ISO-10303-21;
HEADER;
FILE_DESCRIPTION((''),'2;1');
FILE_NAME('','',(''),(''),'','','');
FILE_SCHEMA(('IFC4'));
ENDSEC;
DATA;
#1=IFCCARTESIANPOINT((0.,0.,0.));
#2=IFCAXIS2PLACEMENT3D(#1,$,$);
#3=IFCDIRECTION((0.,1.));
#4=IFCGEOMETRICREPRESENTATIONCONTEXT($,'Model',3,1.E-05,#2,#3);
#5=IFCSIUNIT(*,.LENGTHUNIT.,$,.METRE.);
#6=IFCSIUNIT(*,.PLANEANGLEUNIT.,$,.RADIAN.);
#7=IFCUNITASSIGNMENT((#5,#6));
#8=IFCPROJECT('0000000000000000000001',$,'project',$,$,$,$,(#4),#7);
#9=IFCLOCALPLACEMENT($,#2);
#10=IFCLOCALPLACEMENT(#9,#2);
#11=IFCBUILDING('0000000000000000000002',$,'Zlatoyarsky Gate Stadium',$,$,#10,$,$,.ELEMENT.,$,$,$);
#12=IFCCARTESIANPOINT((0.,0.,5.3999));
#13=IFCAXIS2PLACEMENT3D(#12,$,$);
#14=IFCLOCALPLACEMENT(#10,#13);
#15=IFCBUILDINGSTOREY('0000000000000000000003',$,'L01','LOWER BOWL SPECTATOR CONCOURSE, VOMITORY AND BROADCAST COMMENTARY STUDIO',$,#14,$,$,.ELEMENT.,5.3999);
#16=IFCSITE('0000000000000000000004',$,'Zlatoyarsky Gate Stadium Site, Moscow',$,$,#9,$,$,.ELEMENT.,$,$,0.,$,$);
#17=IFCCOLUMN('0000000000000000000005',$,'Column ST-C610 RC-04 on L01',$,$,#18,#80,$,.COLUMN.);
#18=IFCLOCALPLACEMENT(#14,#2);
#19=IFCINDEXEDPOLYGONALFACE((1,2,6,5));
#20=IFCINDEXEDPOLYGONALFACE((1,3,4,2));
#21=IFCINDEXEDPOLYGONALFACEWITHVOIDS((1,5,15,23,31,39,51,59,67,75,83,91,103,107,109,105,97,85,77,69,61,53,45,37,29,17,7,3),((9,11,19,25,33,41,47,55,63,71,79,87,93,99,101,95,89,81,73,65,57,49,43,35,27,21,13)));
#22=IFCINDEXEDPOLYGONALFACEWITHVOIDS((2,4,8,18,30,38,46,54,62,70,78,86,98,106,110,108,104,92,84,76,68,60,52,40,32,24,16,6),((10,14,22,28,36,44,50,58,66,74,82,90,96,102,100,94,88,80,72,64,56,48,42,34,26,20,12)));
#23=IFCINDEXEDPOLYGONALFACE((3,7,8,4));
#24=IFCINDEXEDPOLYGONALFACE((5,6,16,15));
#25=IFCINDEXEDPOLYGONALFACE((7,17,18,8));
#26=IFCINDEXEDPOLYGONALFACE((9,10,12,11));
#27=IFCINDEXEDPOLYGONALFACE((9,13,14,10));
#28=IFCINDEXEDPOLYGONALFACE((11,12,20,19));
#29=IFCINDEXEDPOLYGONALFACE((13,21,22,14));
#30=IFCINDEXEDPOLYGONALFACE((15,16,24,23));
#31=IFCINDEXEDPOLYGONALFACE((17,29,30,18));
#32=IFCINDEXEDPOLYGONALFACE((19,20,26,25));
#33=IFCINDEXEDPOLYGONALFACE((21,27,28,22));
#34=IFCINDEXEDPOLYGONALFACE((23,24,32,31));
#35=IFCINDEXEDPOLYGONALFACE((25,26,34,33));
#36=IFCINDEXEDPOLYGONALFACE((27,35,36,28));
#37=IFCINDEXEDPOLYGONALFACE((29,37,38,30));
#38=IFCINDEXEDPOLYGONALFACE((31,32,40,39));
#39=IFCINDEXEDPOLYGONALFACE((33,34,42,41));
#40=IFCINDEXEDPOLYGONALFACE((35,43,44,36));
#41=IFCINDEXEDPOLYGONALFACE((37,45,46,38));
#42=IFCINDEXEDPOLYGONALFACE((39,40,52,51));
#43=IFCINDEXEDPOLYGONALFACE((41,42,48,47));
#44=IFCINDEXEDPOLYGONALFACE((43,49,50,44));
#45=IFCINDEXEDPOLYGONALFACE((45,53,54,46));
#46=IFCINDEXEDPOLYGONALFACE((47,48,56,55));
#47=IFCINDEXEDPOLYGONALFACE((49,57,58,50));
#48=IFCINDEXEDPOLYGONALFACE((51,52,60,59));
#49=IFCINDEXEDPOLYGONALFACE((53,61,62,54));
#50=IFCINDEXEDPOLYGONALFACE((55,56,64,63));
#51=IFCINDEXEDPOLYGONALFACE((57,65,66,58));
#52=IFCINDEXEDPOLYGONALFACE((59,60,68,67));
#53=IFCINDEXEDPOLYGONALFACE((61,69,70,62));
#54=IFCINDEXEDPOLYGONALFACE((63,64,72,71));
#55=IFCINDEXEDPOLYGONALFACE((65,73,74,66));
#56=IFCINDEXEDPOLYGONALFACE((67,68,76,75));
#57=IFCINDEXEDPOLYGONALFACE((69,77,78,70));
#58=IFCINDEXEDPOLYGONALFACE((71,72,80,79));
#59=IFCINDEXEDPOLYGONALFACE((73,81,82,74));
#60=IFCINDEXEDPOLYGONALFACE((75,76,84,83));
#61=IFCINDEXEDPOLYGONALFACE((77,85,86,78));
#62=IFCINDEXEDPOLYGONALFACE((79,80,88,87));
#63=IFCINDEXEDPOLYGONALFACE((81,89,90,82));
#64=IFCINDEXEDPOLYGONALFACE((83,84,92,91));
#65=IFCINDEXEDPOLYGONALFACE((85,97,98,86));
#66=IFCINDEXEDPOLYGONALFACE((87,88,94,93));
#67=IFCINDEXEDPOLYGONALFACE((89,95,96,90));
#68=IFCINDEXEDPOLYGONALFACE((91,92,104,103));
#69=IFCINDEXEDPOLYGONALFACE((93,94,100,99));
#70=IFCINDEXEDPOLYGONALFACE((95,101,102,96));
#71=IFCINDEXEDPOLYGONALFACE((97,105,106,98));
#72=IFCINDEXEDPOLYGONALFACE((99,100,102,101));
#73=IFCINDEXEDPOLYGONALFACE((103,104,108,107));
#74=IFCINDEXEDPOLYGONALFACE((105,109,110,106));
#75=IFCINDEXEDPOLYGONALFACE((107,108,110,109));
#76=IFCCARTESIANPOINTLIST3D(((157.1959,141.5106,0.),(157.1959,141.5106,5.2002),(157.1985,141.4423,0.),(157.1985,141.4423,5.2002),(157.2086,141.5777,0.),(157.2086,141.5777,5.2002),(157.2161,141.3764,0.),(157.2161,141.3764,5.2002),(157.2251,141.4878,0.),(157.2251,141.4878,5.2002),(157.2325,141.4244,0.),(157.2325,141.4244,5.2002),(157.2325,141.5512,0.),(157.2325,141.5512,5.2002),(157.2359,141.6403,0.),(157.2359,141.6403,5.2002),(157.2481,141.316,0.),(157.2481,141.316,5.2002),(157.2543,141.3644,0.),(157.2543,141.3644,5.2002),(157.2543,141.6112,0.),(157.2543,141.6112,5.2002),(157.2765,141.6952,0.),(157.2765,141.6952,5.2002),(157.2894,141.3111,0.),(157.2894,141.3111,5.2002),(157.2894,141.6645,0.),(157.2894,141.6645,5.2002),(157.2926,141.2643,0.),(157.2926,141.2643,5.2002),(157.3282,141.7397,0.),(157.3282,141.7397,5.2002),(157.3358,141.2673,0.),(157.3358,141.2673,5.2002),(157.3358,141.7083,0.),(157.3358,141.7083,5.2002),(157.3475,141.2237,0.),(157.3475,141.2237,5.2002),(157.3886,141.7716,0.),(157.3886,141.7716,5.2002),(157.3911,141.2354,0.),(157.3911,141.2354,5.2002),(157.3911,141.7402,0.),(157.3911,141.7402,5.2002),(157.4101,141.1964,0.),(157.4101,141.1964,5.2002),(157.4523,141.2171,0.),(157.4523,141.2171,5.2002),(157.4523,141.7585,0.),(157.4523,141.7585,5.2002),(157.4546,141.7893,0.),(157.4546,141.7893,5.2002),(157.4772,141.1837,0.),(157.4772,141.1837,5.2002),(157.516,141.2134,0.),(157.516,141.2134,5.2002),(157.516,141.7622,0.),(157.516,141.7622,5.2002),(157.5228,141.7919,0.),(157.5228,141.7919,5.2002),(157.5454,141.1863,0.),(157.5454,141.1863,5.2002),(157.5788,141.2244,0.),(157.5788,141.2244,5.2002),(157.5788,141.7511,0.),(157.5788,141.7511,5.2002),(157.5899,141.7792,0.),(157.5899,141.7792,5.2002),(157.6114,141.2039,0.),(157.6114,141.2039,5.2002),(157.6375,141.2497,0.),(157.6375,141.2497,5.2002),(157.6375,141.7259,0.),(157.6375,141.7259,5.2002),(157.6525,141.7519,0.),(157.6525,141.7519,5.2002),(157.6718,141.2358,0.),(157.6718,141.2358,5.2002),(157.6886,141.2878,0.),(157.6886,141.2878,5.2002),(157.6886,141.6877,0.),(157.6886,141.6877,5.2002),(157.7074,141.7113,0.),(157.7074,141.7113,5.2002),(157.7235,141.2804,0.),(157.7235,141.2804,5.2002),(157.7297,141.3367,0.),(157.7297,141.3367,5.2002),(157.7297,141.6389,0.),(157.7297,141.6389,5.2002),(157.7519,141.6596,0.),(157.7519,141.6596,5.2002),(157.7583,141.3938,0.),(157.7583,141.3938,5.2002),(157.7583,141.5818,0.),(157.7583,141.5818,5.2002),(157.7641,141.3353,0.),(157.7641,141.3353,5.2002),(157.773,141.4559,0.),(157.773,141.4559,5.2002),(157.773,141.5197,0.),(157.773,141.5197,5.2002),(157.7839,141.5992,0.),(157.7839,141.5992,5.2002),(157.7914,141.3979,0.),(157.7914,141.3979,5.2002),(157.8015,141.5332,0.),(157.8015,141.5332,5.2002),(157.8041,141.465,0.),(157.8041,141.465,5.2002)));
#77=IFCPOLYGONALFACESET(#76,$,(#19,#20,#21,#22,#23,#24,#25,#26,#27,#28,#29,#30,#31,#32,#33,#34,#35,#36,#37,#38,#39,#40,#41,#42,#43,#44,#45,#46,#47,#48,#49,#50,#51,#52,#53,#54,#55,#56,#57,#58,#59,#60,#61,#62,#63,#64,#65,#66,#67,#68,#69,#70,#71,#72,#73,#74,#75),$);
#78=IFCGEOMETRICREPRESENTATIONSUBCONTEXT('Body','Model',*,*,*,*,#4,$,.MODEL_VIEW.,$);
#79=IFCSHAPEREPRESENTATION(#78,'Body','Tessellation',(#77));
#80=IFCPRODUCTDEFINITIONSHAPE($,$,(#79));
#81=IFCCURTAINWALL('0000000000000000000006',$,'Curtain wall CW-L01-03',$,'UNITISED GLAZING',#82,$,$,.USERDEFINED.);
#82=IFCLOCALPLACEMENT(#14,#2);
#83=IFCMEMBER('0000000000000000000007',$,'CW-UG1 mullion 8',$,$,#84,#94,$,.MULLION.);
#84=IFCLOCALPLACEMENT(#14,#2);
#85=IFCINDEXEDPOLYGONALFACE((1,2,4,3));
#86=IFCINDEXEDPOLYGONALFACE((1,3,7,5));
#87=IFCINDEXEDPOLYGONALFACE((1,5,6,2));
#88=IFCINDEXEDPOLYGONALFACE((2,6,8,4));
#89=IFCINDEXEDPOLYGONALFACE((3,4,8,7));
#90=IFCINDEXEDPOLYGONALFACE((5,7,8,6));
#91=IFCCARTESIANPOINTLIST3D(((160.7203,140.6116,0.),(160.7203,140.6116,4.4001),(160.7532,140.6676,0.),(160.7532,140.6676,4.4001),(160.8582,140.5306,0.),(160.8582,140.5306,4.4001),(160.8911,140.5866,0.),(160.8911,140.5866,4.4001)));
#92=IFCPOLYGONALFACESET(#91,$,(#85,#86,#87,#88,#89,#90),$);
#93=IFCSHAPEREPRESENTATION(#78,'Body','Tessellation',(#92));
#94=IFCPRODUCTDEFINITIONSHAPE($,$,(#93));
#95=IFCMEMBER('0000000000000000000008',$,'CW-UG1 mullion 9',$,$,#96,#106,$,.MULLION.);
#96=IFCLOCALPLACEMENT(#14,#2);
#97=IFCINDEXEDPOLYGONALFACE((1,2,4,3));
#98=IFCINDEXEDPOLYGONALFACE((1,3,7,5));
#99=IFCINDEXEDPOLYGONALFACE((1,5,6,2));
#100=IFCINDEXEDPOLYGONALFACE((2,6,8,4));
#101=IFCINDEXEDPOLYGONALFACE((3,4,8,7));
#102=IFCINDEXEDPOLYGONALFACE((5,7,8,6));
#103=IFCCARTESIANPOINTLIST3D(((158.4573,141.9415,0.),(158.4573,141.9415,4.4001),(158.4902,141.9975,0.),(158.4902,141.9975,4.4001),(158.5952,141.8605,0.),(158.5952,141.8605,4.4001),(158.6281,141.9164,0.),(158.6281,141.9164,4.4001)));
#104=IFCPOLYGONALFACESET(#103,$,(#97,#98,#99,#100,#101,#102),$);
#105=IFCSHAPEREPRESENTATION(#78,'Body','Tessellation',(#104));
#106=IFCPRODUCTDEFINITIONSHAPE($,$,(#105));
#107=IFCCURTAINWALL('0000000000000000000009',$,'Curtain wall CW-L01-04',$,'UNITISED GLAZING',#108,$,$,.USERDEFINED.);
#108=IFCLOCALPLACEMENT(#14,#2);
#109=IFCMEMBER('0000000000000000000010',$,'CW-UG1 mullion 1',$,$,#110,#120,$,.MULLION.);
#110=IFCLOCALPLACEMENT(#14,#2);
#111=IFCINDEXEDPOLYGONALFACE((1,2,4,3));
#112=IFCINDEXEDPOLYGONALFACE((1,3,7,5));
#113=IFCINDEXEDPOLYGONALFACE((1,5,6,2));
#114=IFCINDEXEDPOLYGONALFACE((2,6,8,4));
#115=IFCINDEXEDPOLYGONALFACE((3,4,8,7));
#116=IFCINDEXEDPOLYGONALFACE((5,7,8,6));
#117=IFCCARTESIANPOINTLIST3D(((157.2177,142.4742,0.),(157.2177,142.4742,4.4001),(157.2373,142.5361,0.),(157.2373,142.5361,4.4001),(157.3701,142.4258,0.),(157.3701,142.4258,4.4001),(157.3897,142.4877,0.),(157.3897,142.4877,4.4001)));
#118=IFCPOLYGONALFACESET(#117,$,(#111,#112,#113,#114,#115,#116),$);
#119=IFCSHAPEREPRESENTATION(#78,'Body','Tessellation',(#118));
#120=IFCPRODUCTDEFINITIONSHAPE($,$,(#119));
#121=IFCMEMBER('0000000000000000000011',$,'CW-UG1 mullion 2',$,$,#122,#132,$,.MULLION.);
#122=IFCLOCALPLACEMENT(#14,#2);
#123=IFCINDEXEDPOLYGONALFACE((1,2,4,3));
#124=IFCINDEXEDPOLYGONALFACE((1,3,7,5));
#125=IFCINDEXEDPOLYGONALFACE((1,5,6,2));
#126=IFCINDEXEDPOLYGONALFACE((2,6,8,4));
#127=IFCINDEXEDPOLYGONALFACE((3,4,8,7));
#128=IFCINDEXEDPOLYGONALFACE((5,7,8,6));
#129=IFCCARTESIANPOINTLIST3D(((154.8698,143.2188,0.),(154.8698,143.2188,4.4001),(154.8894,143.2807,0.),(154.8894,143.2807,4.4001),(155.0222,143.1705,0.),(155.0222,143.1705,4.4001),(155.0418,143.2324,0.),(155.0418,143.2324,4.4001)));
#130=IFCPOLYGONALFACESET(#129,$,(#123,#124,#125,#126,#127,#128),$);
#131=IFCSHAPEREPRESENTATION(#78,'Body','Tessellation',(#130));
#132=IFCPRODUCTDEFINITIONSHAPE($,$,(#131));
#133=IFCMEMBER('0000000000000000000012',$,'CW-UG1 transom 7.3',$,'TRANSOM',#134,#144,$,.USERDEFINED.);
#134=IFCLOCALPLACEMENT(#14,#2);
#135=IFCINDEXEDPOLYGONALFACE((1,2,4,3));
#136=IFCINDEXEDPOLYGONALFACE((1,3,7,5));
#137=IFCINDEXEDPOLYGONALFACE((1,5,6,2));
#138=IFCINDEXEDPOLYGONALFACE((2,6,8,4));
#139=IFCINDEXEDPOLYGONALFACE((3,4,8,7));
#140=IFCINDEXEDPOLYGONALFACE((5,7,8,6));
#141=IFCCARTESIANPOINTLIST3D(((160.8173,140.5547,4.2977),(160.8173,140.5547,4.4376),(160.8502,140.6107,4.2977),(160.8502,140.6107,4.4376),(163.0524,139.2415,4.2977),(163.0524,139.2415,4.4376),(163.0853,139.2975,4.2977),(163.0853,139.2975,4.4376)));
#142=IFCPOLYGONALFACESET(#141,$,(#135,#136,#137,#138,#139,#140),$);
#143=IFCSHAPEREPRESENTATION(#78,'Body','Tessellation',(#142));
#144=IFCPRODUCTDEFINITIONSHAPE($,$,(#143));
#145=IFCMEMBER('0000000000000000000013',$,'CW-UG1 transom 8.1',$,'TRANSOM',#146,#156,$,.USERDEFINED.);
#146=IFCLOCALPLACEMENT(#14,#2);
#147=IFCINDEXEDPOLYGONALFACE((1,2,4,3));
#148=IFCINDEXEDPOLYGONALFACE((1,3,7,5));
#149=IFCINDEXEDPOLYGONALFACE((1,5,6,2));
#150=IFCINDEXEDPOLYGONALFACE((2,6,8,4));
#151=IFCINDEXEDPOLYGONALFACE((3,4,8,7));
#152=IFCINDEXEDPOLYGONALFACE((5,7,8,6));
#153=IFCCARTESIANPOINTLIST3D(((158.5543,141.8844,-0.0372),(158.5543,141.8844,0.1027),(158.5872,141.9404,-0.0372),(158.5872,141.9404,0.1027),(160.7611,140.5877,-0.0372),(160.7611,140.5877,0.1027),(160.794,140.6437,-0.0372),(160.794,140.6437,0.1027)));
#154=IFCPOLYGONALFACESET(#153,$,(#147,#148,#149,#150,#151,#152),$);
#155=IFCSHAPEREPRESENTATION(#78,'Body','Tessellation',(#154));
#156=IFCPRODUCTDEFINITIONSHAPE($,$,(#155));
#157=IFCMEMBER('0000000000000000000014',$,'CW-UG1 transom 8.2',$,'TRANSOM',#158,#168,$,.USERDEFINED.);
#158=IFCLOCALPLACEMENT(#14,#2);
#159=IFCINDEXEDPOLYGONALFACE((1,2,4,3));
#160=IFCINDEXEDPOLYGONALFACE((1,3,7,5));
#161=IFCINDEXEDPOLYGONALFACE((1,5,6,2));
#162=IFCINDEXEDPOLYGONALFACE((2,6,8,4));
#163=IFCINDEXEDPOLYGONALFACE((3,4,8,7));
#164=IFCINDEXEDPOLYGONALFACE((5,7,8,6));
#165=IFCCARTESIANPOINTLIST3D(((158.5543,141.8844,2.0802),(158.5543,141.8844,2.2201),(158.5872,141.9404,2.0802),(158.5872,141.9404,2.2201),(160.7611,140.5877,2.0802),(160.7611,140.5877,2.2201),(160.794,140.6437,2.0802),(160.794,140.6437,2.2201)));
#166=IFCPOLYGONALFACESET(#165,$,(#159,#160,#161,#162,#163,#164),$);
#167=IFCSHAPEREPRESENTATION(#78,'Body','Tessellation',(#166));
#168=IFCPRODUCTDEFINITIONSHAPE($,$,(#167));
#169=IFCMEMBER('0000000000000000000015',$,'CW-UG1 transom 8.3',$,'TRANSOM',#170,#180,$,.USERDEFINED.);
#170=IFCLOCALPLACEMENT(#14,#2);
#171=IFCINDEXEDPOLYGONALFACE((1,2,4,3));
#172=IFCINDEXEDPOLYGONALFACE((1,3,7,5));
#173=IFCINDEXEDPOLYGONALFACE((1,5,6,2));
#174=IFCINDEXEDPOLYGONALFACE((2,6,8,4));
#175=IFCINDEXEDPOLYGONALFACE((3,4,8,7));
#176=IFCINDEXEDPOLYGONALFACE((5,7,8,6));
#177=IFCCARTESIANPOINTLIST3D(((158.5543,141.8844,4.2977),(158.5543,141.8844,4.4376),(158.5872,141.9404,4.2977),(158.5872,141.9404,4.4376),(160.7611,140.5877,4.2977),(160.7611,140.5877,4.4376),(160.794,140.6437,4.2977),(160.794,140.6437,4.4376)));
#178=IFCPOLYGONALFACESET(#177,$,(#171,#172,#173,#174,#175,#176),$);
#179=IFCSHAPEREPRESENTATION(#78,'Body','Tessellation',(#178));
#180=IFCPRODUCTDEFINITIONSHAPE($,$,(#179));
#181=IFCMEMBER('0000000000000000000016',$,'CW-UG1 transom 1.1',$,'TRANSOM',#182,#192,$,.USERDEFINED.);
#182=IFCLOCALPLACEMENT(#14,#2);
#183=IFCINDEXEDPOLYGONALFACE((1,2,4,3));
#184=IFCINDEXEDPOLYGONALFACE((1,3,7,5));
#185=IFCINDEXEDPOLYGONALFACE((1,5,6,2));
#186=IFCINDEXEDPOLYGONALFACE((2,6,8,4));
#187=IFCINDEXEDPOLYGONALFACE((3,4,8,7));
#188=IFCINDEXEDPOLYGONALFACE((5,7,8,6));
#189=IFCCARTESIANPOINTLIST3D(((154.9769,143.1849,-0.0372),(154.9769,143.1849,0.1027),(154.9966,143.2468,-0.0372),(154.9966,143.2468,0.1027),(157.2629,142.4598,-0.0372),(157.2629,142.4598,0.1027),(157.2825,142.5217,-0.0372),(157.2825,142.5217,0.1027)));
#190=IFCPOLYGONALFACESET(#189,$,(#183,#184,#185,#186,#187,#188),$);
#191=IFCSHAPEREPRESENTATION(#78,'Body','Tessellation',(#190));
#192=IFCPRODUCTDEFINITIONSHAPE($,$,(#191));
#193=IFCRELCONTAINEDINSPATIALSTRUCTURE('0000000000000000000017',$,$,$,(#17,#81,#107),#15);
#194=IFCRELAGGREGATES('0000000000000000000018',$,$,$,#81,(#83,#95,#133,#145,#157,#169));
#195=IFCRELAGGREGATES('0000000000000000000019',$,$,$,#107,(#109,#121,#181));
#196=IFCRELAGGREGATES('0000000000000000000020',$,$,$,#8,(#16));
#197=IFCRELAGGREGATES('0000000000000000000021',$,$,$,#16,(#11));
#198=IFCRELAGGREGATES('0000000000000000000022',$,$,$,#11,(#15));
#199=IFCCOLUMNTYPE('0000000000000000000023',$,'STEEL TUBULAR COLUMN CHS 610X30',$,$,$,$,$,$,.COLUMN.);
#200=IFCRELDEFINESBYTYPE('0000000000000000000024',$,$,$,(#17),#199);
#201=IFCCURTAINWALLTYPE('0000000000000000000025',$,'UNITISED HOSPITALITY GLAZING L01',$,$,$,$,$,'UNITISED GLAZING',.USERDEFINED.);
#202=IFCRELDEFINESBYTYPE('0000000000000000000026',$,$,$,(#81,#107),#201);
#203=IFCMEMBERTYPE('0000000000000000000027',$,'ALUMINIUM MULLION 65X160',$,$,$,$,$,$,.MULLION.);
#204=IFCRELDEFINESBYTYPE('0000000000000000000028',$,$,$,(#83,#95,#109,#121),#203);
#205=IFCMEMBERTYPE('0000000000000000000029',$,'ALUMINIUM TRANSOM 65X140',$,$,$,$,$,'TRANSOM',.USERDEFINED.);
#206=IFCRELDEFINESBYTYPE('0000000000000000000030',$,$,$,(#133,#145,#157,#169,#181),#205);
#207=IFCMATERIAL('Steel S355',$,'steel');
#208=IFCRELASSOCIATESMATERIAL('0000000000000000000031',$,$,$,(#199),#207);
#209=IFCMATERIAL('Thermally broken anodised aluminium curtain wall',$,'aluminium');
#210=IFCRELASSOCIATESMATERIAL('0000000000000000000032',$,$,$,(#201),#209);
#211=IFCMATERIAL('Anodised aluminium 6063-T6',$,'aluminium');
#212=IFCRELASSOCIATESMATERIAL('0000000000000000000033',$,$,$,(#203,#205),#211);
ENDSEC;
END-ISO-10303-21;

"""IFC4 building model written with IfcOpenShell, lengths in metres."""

from ifc_helpers import new_model, si_unit, direction, frame, origin, origin_2d, place, context, subcontext, project, spatial, rectangle, hollow_circle, extrude, material, material_profile, profile_set, type_object, element, aggregate, save


model = new_model("IFC4")

# Units and contexts
model_context = context("Model", 3, precision=1e-05, world=origin(), true_north=direction((0.0, 1.0)))
body_context = subcontext(model_context, "Body", "Model", "MODEL_VIEW")
ifc_project = project(units=[si_unit("LENGTHUNIT", "METRE"), si_unit("PLANEANGLEUNIT", "RADIAN")], contexts=[model_context])

# Site, building, storey
site_placement = place(None, origin())
site = spatial("IfcSite", under=ifc_project, at=site_placement, Name="Zlatoyarsky Gate Stadium Site, Moscow", CompositionType="ELEMENT", RefElevation=0.0)
building_placement = place(site_placement, origin())
building = spatial("IfcBuilding", under=site, at=building_placement, Name="Zlatoyarsky Gate Stadium", CompositionType="ELEMENT")
storey_placement = place(building_placement, frame((0.0, 0.0, 5.3999)))
storey = spatial("IfcBuildingStorey", under=building, at=storey_placement, Name="L01", Description="LOWER BOWL SPECTATOR CONCOURSE, VOMITORY AND BROADCAST COMMENTARY STUDIO", CompositionType="ELEMENT", Elevation=5.3999)

# Column
ifc_material_1 = material(Name="Steel S355", Category="steel")
ifc_material_profile_1 = material_profile(ifc_material_1, hollow_circle(Radius=0.3049, WallThickness=0.03, at=origin_2d()), Name="CHS 610X30")
ifc_profile_set_1 = profile_set([ifc_material_profile_1], Name="Steel S355")
column_type = type_object("IfcColumnType", Name="STEEL TUBULAR COLUMN CHS 610X30", PredefinedType="COLUMN", material=ifc_profile_set_1)
column_placement = place(storey_placement, frame((157.5, 141.4878, 0.0), z_axis=(0.0, 0.0, 1.0), x_axis=(0.5, 0.866025, 0.0)))
element("IfcColumn", 1, at=column_placement, inside=storey, type_object=column_type, Name="Column ST-C610 RC-04 on L01", PredefinedType="COLUMN", context=body_context, shape_type="SweptSolid", body=[
    extrude(hollow_circle(Radius=0.3049, WallThickness=0.03, at=origin_2d()), origin(), (0.0, 0.0, 1.0), 5.2002),
])

# Curtain walls, members
ifc_material_2 = material(Name="Thermally broken anodised aluminium curtain wall", Category="aluminium")
curtain_wall_type = type_object("IfcCurtainWallType", Name="UNITISED HOSPITALITY GLAZING L01", ElementType="UNITISED GLAZING", PredefinedType="USERDEFINED", material=ifc_material_2)
curtain_wall_1_placement = place(storey_placement, origin())
curtain_wall_1 = element("IfcCurtainWall", 2, at=curtain_wall_1_placement, inside=storey, type_object=curtain_wall_type, Name="Curtain wall CW-L01-03", ObjectType="UNITISED GLAZING", PredefinedType="USERDEFINED")
ifc_material_3 = material(Name="Anodised aluminium 6063-T6", Category="aluminium")
ifc_material_profile_2 = material_profile(ifc_material_3, rectangle(XDim=0.0649, YDim=0.1599, at=origin_2d()), Name="ALU 65X160")
ifc_profile_set_2 = profile_set([ifc_material_profile_2], Name="Anodised aluminium 6063-T6")
member_type_1 = type_object("IfcMemberType", Name="ALUMINIUM MULLION 65X160", PredefinedType="MULLION", material=ifc_profile_set_2)
member_1_placement = place(storey_placement, frame((160.8057, 140.5991, 0.0), z_axis=(0.0, 0.0, 1.0), x_axis=(-0.50659, -0.862187, 0.0)))
member_1 = element("IfcMember", 3, at=member_1_placement, type_object=member_type_1, Name="CW-UG1 mullion 8", PredefinedType="MULLION", context=body_context, shape_type="SweptSolid", body=[
    extrude(rectangle(XDim=0.0649, YDim=0.1599, at=origin_2d()), origin(), (0.0, 0.0, 1.0), 4.4001),
])
member_2_placement = place(storey_placement, frame((158.5427, 141.929, 0.0), z_axis=(0.0, 0.0, 1.0), x_axis=(-0.50659, -0.862187, 0.0)))
member_2 = element("IfcMember", 4, at=member_2_placement, type_object=member_type_1, Name="CW-UG1 mullion 9", PredefinedType="MULLION", context=body_context, shape_type="SweptSolid", body=[
    extrude(rectangle(XDim=0.0649, YDim=0.1599, at=origin_2d()), origin(), (0.0, 0.0, 1.0), 4.4001),
])
curtain_wall_2_placement = place(storey_placement, origin())
curtain_wall_2 = element("IfcCurtainWall", 5, at=curtain_wall_2_placement, inside=storey, type_object=curtain_wall_type, Name="Curtain wall CW-L01-04", ObjectType="UNITISED GLAZING", PredefinedType="USERDEFINED")
member_3_placement = place(storey_placement, frame((157.3037, 142.481, 0.0), z_axis=(0.0, 0.0, 1.0), x_axis=(-0.302334, -0.953202, 0.0)))
member_3 = element("IfcMember", 6, at=member_3_placement, type_object=member_type_1, Name="CW-UG1 mullion 1", PredefinedType="MULLION", context=body_context, shape_type="SweptSolid", body=[
    extrude(rectangle(XDim=0.0649, YDim=0.1599, at=origin_2d()), origin(), (0.0, 0.0, 1.0), 4.4001),
])
member_4_placement = place(storey_placement, frame((154.9558, 143.2256, 0.0), z_axis=(0.0, 0.0, 1.0), x_axis=(-0.302334, -0.953202, 0.0)))
member_4 = element("IfcMember", 7, at=member_4_placement, type_object=member_type_1, Name="CW-UG1 mullion 2", PredefinedType="MULLION", context=body_context, shape_type="SweptSolid", body=[
    extrude(rectangle(XDim=0.0649, YDim=0.1599, at=origin_2d()), origin(), (0.0, 0.0, 1.0), 4.4001),
])

# Members
ifc_material_profile_3 = material_profile(ifc_material_3, rectangle(XDim=0.0649, YDim=0.1399, at=origin_2d()), Name="ALU 65X140")
ifc_profile_set_3 = profile_set([ifc_material_profile_3], Name="Anodised aluminium 6063-T6")
member_type_2 = type_object("IfcMemberType", Name="ALUMINIUM TRANSOM 65X140", ElementType="TRANSOM", PredefinedType="USERDEFINED", material=ifc_profile_set_3)
member_5_placement = place(storey_placement, frame((163.0688, 139.2695, 4.3677), z_axis=(-0.862193, 0.50658, 0.0), x_axis=(-0.50658, -0.862193, 0.0)))
member_5 = element("IfcMember", 8, at=member_5_placement, type_object=member_type_2, Name="CW-UG1 transom 7.3", ObjectType="TRANSOM", PredefinedType="USERDEFINED", context=body_context, shape_type="SweptSolid", body=[
    extrude(rectangle(XDim=0.0649, YDim=0.1399, at=origin_2d()), origin(), (0.0, 0.0, 1.0), 2.5923),
])
member_6_placement = place(storey_placement, frame((160.7776, 140.6157, 0.0327), z_axis=(-0.862187, 0.506591, 0.0), x_axis=(-0.506591, -0.862187, 0.0)))
member_6 = element("IfcMember", 9, at=member_6_placement, type_object=member_type_2, Name="CW-UG1 transom 8.1", ObjectType="TRANSOM", PredefinedType="USERDEFINED", context=body_context, shape_type="SweptSolid", body=[
    extrude(rectangle(XDim=0.0649, YDim=0.1399, at=origin_2d()), origin(), (0.0, 0.0, 1.0), 2.5596),
])
member_7_placement = place(storey_placement, frame((160.7776, 140.6157, 2.1501), z_axis=(-0.862187, 0.506591, 0.0), x_axis=(-0.506591, -0.862187, 0.0)))
member_7 = element("IfcMember", 10, at=member_7_placement, type_object=member_type_2, Name="CW-UG1 transom 8.2", ObjectType="TRANSOM", PredefinedType="USERDEFINED", context=body_context, shape_type="SweptSolid", body=[
    extrude(rectangle(XDim=0.0649, YDim=0.1399, at=origin_2d()), origin(), (0.0, 0.0, 1.0), 2.5596),
])
member_8_placement = place(storey_placement, frame((160.7776, 140.6157, 4.3677), z_axis=(-0.862187, 0.506591, 0.0), x_axis=(-0.506591, -0.862187, 0.0)))
member_8 = element("IfcMember", 11, at=member_8_placement, type_object=member_type_2, Name="CW-UG1 transom 8.3", ObjectType="TRANSOM", PredefinedType="USERDEFINED", context=body_context, shape_type="SweptSolid", body=[
    extrude(rectangle(XDim=0.0649, YDim=0.1399, at=origin_2d()), origin(), (0.0, 0.0, 1.0), 2.5596),
])
member_9_placement = place(storey_placement, frame((157.2727, 142.4907, 0.0327), z_axis=(-0.953194, 0.302359, 0.0), x_axis=(-0.302359, -0.953194, 0.0)))
member_9 = element("IfcMember", 12, at=member_9_placement, type_object=member_type_2, Name="CW-UG1 transom 1.1", ObjectType="TRANSOM", PredefinedType="USERDEFINED", context=body_context, shape_type="SweptSolid", body=[
    extrude(rectangle(XDim=0.0649, YDim=0.1399, at=origin_2d()), origin(), (0.0, 0.0, 1.0), 2.3982),
])

aggregate(curtain_wall_1, [member_1, member_2, member_5, member_6, member_7, member_8])
aggregate(curtain_wall_2, [member_3, member_4, member_9])

save(model, "model.ifc")
